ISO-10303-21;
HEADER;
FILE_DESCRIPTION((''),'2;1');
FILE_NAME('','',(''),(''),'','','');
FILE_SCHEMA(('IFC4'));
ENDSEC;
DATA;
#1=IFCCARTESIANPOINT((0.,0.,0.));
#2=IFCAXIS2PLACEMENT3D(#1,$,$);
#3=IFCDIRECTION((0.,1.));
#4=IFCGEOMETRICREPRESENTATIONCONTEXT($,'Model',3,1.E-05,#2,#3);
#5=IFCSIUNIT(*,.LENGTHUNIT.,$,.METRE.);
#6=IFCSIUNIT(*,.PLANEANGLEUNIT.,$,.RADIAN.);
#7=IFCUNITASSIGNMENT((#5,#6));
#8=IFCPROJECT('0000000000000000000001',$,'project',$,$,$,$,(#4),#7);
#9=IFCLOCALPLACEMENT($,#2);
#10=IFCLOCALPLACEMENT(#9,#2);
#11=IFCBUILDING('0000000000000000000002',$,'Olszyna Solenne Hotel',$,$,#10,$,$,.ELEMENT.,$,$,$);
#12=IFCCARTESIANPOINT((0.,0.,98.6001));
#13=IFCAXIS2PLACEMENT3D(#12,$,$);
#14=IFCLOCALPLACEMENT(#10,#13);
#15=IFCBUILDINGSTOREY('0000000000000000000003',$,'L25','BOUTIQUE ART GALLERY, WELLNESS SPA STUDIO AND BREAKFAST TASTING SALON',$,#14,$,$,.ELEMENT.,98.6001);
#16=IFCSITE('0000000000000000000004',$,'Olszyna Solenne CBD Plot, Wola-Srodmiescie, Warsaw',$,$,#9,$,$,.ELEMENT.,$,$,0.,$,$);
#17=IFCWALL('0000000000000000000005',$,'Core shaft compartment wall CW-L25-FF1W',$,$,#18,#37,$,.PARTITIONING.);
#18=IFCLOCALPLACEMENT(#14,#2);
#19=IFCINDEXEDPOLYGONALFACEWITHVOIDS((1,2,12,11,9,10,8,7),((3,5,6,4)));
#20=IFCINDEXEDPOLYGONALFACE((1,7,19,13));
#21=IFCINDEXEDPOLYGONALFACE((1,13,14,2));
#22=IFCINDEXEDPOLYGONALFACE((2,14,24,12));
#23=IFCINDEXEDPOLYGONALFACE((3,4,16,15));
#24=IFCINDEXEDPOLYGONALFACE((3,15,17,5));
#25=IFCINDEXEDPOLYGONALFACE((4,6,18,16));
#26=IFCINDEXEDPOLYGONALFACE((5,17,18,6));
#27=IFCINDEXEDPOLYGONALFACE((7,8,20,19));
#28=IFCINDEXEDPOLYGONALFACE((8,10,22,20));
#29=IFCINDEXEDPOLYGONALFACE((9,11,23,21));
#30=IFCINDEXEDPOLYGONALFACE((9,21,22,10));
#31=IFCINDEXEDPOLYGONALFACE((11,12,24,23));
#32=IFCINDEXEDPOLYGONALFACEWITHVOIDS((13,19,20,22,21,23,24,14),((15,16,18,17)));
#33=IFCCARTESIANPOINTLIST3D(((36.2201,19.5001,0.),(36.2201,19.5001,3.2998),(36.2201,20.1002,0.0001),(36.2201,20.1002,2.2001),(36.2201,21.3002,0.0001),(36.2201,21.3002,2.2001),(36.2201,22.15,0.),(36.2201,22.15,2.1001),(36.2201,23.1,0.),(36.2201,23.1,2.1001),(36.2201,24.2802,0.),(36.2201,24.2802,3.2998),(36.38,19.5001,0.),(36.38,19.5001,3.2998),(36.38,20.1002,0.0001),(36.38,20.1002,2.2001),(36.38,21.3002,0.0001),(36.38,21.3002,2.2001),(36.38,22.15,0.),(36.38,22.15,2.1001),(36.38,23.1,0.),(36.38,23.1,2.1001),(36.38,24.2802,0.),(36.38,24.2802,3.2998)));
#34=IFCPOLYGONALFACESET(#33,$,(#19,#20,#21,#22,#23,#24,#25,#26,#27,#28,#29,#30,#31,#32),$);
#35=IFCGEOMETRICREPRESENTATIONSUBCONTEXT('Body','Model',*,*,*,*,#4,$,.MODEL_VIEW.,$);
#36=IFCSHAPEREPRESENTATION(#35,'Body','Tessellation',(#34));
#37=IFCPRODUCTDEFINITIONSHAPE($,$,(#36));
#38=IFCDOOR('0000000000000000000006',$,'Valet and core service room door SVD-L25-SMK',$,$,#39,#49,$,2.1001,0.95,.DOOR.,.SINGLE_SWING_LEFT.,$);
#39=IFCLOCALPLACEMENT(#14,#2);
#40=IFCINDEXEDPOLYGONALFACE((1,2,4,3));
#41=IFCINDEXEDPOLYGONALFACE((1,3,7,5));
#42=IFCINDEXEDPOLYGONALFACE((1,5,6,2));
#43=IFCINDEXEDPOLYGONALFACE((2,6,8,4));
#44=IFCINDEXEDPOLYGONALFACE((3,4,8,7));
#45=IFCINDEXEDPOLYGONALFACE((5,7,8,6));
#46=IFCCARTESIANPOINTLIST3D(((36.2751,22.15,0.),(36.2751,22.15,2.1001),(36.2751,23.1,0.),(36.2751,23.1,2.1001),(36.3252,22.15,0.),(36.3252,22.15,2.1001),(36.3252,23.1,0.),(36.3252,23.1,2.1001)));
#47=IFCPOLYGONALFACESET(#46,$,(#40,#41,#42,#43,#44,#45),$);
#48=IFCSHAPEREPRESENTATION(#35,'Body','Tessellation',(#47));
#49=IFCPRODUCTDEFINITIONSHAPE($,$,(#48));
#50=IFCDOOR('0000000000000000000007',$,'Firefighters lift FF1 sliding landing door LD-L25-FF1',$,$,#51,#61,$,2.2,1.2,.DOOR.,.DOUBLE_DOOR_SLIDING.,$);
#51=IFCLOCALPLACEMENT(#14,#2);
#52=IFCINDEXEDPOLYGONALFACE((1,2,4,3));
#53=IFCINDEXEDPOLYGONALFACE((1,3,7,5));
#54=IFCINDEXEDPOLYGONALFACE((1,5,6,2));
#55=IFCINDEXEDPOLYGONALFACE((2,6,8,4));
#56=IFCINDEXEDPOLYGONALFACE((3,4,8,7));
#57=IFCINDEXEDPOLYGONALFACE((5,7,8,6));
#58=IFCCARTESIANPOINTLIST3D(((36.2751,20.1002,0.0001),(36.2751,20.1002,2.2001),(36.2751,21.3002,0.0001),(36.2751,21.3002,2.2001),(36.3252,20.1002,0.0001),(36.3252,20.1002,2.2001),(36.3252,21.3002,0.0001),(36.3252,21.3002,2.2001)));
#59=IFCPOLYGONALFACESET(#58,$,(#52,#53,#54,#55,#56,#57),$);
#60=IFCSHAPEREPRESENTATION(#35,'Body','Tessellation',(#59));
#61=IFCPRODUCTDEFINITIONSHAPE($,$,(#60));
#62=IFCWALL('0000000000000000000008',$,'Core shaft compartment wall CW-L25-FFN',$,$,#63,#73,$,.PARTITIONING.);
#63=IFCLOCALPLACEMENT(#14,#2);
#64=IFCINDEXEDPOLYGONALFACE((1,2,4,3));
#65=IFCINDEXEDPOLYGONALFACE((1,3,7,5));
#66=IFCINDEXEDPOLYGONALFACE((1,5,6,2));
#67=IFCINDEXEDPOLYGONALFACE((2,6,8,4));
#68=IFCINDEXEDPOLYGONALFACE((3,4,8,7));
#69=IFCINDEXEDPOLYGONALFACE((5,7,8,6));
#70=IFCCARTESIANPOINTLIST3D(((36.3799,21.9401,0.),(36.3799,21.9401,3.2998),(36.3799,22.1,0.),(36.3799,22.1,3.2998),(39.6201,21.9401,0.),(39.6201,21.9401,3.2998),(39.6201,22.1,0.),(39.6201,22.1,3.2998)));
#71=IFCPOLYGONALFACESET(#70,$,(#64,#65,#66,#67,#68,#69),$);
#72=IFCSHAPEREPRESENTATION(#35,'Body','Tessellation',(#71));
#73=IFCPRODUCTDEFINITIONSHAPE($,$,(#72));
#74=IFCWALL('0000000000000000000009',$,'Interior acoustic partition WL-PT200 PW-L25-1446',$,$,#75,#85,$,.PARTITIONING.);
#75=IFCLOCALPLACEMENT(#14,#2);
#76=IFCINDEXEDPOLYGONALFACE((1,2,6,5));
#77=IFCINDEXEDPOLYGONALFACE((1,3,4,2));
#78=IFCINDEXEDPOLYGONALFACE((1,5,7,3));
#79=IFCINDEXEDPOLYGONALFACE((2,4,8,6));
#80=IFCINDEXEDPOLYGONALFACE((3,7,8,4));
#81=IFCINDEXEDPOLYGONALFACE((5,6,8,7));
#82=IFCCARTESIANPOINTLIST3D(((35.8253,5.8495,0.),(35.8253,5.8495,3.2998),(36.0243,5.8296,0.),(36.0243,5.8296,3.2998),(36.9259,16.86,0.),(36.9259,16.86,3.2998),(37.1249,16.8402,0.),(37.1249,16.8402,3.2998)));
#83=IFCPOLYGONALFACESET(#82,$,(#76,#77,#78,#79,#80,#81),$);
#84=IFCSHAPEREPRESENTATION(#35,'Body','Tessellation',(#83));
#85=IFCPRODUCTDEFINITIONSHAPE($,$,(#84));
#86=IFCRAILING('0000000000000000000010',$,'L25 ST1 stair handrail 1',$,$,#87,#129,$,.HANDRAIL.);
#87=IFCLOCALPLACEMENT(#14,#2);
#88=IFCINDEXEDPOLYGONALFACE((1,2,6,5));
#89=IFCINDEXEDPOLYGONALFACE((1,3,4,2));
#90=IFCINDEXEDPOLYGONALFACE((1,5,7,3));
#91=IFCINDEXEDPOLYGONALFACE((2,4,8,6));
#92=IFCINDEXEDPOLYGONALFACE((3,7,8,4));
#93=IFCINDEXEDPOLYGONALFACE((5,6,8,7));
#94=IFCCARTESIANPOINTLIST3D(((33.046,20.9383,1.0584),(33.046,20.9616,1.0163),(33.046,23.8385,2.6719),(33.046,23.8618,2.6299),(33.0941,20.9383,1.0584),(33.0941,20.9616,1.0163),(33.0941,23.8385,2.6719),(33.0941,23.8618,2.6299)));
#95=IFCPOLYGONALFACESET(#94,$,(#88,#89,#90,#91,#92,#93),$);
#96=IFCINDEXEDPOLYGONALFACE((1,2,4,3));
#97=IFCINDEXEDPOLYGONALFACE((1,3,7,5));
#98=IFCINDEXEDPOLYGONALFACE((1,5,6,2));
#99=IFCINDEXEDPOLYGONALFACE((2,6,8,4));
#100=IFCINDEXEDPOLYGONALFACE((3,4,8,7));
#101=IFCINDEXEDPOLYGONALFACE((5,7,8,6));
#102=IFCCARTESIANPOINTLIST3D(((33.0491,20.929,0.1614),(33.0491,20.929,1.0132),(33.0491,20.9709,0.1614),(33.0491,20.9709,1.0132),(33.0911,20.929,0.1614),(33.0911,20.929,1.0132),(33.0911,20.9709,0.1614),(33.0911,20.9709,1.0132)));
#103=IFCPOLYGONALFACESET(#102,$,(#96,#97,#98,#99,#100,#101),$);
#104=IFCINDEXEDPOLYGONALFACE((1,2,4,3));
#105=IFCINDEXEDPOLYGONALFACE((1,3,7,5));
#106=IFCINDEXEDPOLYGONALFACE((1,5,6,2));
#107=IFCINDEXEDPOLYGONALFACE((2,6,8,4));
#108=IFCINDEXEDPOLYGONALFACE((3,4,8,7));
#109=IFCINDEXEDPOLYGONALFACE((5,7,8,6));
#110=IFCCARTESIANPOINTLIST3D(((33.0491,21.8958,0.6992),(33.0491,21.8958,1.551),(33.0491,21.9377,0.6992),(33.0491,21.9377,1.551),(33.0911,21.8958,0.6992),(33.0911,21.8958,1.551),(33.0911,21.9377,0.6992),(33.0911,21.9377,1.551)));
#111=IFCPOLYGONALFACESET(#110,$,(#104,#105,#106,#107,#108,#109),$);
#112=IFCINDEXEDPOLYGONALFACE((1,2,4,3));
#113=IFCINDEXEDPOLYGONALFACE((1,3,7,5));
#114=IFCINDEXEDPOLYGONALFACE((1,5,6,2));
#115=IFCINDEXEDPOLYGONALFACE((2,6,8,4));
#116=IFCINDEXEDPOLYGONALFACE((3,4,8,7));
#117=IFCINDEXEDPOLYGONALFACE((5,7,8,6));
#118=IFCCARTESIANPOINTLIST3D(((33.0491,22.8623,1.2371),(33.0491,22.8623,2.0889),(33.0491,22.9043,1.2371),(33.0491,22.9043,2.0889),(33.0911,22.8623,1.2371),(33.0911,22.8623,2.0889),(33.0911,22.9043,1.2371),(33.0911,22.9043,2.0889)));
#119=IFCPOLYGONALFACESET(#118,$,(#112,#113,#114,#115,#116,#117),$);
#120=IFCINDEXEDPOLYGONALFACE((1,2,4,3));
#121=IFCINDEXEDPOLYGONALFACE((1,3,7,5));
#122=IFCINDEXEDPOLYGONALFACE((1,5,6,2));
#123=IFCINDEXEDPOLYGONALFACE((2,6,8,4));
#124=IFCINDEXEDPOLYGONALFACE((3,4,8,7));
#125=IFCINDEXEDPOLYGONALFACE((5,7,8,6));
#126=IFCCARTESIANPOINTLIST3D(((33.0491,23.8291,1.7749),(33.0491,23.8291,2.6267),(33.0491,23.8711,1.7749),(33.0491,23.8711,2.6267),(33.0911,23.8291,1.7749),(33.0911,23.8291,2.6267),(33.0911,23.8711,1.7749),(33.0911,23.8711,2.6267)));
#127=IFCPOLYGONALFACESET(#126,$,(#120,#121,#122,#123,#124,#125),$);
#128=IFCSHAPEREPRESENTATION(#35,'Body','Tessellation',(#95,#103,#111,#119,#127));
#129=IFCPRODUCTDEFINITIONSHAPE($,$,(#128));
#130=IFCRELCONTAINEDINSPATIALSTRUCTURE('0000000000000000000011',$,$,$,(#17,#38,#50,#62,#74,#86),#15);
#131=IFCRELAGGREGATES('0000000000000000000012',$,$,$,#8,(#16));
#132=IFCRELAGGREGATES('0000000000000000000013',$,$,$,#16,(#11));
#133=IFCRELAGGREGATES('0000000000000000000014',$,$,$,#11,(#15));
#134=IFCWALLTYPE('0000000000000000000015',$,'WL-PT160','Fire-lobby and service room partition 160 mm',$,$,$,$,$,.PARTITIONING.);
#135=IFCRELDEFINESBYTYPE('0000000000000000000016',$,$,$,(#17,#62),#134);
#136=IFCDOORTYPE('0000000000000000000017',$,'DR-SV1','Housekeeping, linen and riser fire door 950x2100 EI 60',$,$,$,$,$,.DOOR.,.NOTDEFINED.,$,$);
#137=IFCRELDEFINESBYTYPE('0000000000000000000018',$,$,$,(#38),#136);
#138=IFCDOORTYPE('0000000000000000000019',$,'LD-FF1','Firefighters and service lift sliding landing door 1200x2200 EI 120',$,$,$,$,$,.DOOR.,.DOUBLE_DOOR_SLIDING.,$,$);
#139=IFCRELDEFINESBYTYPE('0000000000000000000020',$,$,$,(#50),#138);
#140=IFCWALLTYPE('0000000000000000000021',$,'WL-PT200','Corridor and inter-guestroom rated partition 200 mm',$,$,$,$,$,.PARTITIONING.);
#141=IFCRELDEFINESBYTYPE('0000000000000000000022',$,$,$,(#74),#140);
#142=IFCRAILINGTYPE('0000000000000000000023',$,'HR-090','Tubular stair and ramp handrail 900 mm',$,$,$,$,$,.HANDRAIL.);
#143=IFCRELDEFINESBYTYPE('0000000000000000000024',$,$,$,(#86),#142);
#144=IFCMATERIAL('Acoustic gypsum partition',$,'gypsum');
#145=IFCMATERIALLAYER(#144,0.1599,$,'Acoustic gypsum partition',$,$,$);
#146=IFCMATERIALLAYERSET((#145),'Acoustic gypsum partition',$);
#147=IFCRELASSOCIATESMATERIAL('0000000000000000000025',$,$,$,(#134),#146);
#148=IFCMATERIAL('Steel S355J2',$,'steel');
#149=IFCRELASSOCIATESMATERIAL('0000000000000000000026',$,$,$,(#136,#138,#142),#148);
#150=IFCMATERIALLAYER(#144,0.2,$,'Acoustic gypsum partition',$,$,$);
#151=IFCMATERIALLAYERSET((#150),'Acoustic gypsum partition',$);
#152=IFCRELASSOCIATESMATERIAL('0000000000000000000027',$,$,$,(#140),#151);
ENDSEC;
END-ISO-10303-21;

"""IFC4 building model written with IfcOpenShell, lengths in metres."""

from ifc_helpers import new_model, si_unit, direction, frame, frame_2d, origin, origin_2d, place, context, subcontext, project, spatial, rectangle, extrude, source, transform, mapped, material, layer, layer_set, type_object, type_shapes, element, fill, save


model = new_model("IFC4")

# Units and contexts
model_context = context("Model", 3, precision=1e-05, world=origin(), true_north=direction((0.0, 1.0)))
body_context = subcontext(model_context, "Body", "Model", "MODEL_VIEW")
ifc_project = project(units=[si_unit("LENGTHUNIT", "METRE"), si_unit("PLANEANGLEUNIT", "RADIAN")], contexts=[model_context])

# Site, building, storey
site_placement = place(None, origin())
site = spatial("IfcSite", under=ifc_project, at=site_placement, Name="Olszyna Solenne CBD Plot, Wola-Srodmiescie, Warsaw", CompositionType="ELEMENT", RefElevation=0.0)
building_placement = place(site_placement, origin())
building = spatial("IfcBuilding", under=site, at=building_placement, Name="Olszyna Solenne Hotel", CompositionType="ELEMENT")
storey_placement = place(building_placement, frame((0.0, 0.0, 98.6001)))
storey = spatial("IfcBuildingStorey", under=building, at=storey_placement, Name="L25", Description="BOUTIQUE ART GALLERY, WELLNESS SPA STUDIO AND BREAKFAST TASTING SALON", CompositionType="ELEMENT", Elevation=98.6001)

# Shared definitions
ifc_material_1 = material(Name="Steel S355J2", Category="steel")

# Shared definitions
ifc_material_2 = material(Name="Acoustic gypsum partition", Category="gypsum")

# Shared definitions
ifc_layer_1 = layer(ifc_material_2, 0.1599, Name="Acoustic gypsum partition")
ifc_layer_set_1 = layer_set([ifc_layer_1], Name="Acoustic gypsum partition")
wall_type_1 = type_object("IfcWallType", Name="WL-PT160", Description="Fire-lobby and service room partition 160 mm", PredefinedType="PARTITIONING", material=ifc_layer_set_1)

# Wall, openings, doors
wall_1_placement = place(storey_placement, frame((36.3, 19.5, 0.0), z_axis=(0.0, 0.0, 1.0), x_axis=(0.0, 1.0, 0.0)))
wall_1 = element("IfcWall", 1, at=wall_1_placement, inside=storey, type_object=wall_type_1, Name="Core shaft compartment wall CW-L25-FF1W", PredefinedType="PARTITIONING", context=body_context, shape_type="SweptSolid", body=[
    extrude(rectangle(XDim=4.78, YDim=0.1599, at=frame_2d((2.3901, 0.0))), origin(), (0.0, 0.0, 1.0), 3.2998),
])
opening_1_placement = place(wall_1_placement, frame((0.6001, 0.0, 0.0)))
opening_1 = element("IfcOpeningElement", 2, at=opening_1_placement, cuts=wall_1, PredefinedType="OPENING", context=body_context, shape_type="SweptSolid", body=[
    extrude(rectangle(XDim=1.2, YDim=2.2, at=frame_2d((0.6001, 1.1001))), frame((0.0, 0.0898, 0.0), z_axis=(0.0, -1.0, 0.0), x_axis=(1.0, 0.0, 0.0)), (0.0, 0.0, 1.0), 0.1799),
])
opening_2_placement = place(wall_1_placement, frame((2.6499, 0.0, 0.0)))
opening_2 = element("IfcOpeningElement", 3, at=opening_2_placement, cuts=wall_1, PredefinedType="OPENING", context=body_context, shape_type="SweptSolid", body=[
    extrude(rectangle(XDim=0.95, YDim=2.1001, at=frame_2d((0.4751, 1.05))), frame((0.0, 0.0898, 0.0), z_axis=(0.0, -1.0, 0.0), x_axis=(1.0, 0.0, 0.0)), (0.0, 0.0, 1.0), 0.1799),
])
door_type_1 = type_object("IfcDoorType", Name="DR-SV1", Description="Housekeeping, linen and riser fire door 950x2100 EI 60", OperationType="NOTDEFINED", PredefinedType="DOOR", material=ifc_material_1)
shared_shape_1 = source(origin(), body_context, "Body", "SweptSolid", [
    extrude(rectangle(XDim=0.95, YDim=2.1001, at=frame_2d((0.4751, 1.05))), frame((0.0, 0.0249, 0.0), z_axis=(0.0, -1.0, 0.0), x_axis=(1.0, 0.0, 0.0)), (0.0, 0.0, 1.0), 0.05),
])
type_shapes(door_type_1, [shared_shape_1])
door_1_placement = place(opening_2_placement, origin())
door_1 = element("IfcDoor", 4, at=door_1_placement, inside=storey, type_object=door_type_1, Name="Valet and core service room door SVD-L25-SMK", OperationType="SINGLE_SWING_LEFT", OverallHeight=2.1001, OverallWidth=0.95, PredefinedType="DOOR", context=body_context, shape_type="MappedRepresentation", body=[
    mapped(shared_shape_1, transform((0.0, 0.0, 0.0), x_axis=(1.0, 0.0, 0.0), y_axis=(0.0, 1.0, 0.0), z_axis=(0.0, 0.0, 1.0), scale=1.0)),
])
fill(opening_2, door_1)
door_type_2 = type_object("IfcDoorType", Name="LD-FF1", Description="Firefighters and service lift sliding landing door 1200x2200 EI 120", OperationType="DOUBLE_DOOR_SLIDING", PredefinedType="DOOR", material=ifc_material_1)
shared_shape_2 = source(origin(), body_context, "Body", "SweptSolid", [
    extrude(rectangle(XDim=1.2, YDim=2.2, at=frame_2d((0.6001, 1.1001))), frame((0.0, 0.0249, 0.0), z_axis=(0.0, -1.0, 0.0), x_axis=(1.0, 0.0, 0.0)), (0.0, 0.0, 1.0), 0.05),
])
type_shapes(door_type_2, [shared_shape_2])
door_2_placement = place(opening_1_placement, origin())
door_2 = element("IfcDoor", 5, at=door_2_placement, inside=storey, type_object=door_type_2, Name="Firefighters lift FF1 sliding landing door LD-L25-FF1", OperationType="DOUBLE_DOOR_SLIDING", OverallHeight=2.2, OverallWidth=1.2, PredefinedType="DOOR", context=body_context, shape_type="MappedRepresentation", body=[
    mapped(shared_shape_2, transform((0.0, 0.0, 0.0), x_axis=(1.0, 0.0, 0.0), y_axis=(0.0, 1.0, 0.0), z_axis=(0.0, 0.0, 1.0), scale=1.0)),
])
fill(opening_1, door_2)

# Walls
wall_2_placement = place(storey_placement, frame((36.3799, 22.02, 0.0), z_axis=(0.0, 0.0, 1.0), x_axis=(1.0, 0.0, 0.0)))
element("IfcWall", 6, at=wall_2_placement, inside=storey, type_object=wall_type_1, Name="Core shaft compartment wall CW-L25-FFN", PredefinedType="PARTITIONING", context=body_context, shape_type="SweptSolid", body=[
    extrude(rectangle(XDim=3.2402, YDim=0.1599, at=frame_2d((1.6201, 0.0))), origin(), (0.0, 0.0, 1.0), 3.2998),
])
ifc_layer_2 = layer(ifc_material_2, 0.2, Name="Acoustic gypsum partition")
ifc_layer_set_2 = layer_set([ifc_layer_2], Name="Acoustic gypsum partition")
wall_type_2 = type_object("IfcWallType", Name="WL-PT200", Description="Corridor and inter-guestroom rated partition 200 mm", PredefinedType="PARTITIONING", material=ifc_layer_set_2)
wall_3_placement = place(storey_placement, frame((37.0254, 16.8501, 0.0), z_axis=(0.0, 0.0, 1.0), x_axis=(-0.099462, -0.995041, 0.0)))
element("IfcWall", 7, at=wall_3_placement, inside=storey, type_object=wall_type_2, Name="Interior acoustic partition WL-PT200 PW-L25-1446", PredefinedType="PARTITIONING", context=body_context, shape_type="SweptSolid", body=[
    extrude(rectangle(XDim=11.0654, YDim=0.2, at=frame_2d((5.5327, 0.0))), origin(), (0.0, 0.0, 1.0), 3.2998),
])

# Railing
railing_type = type_object("IfcRailingType", Name="HR-090", Description="Tubular stair and ramp handrail 900 mm", PredefinedType="HANDRAIL", material=ifc_material_1)
railing_placement = place(storey_placement, frame((33.0701, 20.95, 0.1614)))
element("IfcRailing", 8, at=railing_placement, inside=storey, type_object=railing_type, Name="L25 ST1 stair handrail 1", PredefinedType="HANDRAIL", context=body_context, shape_type="SweptSolid", body=[
    extrude(rectangle(XDim=0.0481, YDim=0.0481, at=origin_2d()), frame((0.0, 0.0, 0.876), z_axis=(0.0, 0.873859, 0.48618), x_axis=(-1.0, 0.0, 0.0)), (0.0, 0.0, 1.0), 3.3188),
    extrude(rectangle(XDim=0.042, YDim=0.042, at=origin_2d()), origin(), (0.0, 0.0, 1.0), 0.8518),
    extrude(rectangle(XDim=0.042, YDim=0.042, at=origin_2d()), frame((0.0, 0.9668, 0.5378)), (0.0, 0.0, 1.0), 0.8518),
    extrude(rectangle(XDim=0.042, YDim=0.042, at=origin_2d()), frame((0.0, 1.9333, 1.0757)), (0.0, 0.0, 1.0), 0.8518),
    extrude(rectangle(XDim=0.042, YDim=0.042, at=origin_2d()), frame((0.0, 2.9001, 1.6135)), (0.0, 0.0, 1.0), 0.8518),
])

save(model, "model.ifc")
